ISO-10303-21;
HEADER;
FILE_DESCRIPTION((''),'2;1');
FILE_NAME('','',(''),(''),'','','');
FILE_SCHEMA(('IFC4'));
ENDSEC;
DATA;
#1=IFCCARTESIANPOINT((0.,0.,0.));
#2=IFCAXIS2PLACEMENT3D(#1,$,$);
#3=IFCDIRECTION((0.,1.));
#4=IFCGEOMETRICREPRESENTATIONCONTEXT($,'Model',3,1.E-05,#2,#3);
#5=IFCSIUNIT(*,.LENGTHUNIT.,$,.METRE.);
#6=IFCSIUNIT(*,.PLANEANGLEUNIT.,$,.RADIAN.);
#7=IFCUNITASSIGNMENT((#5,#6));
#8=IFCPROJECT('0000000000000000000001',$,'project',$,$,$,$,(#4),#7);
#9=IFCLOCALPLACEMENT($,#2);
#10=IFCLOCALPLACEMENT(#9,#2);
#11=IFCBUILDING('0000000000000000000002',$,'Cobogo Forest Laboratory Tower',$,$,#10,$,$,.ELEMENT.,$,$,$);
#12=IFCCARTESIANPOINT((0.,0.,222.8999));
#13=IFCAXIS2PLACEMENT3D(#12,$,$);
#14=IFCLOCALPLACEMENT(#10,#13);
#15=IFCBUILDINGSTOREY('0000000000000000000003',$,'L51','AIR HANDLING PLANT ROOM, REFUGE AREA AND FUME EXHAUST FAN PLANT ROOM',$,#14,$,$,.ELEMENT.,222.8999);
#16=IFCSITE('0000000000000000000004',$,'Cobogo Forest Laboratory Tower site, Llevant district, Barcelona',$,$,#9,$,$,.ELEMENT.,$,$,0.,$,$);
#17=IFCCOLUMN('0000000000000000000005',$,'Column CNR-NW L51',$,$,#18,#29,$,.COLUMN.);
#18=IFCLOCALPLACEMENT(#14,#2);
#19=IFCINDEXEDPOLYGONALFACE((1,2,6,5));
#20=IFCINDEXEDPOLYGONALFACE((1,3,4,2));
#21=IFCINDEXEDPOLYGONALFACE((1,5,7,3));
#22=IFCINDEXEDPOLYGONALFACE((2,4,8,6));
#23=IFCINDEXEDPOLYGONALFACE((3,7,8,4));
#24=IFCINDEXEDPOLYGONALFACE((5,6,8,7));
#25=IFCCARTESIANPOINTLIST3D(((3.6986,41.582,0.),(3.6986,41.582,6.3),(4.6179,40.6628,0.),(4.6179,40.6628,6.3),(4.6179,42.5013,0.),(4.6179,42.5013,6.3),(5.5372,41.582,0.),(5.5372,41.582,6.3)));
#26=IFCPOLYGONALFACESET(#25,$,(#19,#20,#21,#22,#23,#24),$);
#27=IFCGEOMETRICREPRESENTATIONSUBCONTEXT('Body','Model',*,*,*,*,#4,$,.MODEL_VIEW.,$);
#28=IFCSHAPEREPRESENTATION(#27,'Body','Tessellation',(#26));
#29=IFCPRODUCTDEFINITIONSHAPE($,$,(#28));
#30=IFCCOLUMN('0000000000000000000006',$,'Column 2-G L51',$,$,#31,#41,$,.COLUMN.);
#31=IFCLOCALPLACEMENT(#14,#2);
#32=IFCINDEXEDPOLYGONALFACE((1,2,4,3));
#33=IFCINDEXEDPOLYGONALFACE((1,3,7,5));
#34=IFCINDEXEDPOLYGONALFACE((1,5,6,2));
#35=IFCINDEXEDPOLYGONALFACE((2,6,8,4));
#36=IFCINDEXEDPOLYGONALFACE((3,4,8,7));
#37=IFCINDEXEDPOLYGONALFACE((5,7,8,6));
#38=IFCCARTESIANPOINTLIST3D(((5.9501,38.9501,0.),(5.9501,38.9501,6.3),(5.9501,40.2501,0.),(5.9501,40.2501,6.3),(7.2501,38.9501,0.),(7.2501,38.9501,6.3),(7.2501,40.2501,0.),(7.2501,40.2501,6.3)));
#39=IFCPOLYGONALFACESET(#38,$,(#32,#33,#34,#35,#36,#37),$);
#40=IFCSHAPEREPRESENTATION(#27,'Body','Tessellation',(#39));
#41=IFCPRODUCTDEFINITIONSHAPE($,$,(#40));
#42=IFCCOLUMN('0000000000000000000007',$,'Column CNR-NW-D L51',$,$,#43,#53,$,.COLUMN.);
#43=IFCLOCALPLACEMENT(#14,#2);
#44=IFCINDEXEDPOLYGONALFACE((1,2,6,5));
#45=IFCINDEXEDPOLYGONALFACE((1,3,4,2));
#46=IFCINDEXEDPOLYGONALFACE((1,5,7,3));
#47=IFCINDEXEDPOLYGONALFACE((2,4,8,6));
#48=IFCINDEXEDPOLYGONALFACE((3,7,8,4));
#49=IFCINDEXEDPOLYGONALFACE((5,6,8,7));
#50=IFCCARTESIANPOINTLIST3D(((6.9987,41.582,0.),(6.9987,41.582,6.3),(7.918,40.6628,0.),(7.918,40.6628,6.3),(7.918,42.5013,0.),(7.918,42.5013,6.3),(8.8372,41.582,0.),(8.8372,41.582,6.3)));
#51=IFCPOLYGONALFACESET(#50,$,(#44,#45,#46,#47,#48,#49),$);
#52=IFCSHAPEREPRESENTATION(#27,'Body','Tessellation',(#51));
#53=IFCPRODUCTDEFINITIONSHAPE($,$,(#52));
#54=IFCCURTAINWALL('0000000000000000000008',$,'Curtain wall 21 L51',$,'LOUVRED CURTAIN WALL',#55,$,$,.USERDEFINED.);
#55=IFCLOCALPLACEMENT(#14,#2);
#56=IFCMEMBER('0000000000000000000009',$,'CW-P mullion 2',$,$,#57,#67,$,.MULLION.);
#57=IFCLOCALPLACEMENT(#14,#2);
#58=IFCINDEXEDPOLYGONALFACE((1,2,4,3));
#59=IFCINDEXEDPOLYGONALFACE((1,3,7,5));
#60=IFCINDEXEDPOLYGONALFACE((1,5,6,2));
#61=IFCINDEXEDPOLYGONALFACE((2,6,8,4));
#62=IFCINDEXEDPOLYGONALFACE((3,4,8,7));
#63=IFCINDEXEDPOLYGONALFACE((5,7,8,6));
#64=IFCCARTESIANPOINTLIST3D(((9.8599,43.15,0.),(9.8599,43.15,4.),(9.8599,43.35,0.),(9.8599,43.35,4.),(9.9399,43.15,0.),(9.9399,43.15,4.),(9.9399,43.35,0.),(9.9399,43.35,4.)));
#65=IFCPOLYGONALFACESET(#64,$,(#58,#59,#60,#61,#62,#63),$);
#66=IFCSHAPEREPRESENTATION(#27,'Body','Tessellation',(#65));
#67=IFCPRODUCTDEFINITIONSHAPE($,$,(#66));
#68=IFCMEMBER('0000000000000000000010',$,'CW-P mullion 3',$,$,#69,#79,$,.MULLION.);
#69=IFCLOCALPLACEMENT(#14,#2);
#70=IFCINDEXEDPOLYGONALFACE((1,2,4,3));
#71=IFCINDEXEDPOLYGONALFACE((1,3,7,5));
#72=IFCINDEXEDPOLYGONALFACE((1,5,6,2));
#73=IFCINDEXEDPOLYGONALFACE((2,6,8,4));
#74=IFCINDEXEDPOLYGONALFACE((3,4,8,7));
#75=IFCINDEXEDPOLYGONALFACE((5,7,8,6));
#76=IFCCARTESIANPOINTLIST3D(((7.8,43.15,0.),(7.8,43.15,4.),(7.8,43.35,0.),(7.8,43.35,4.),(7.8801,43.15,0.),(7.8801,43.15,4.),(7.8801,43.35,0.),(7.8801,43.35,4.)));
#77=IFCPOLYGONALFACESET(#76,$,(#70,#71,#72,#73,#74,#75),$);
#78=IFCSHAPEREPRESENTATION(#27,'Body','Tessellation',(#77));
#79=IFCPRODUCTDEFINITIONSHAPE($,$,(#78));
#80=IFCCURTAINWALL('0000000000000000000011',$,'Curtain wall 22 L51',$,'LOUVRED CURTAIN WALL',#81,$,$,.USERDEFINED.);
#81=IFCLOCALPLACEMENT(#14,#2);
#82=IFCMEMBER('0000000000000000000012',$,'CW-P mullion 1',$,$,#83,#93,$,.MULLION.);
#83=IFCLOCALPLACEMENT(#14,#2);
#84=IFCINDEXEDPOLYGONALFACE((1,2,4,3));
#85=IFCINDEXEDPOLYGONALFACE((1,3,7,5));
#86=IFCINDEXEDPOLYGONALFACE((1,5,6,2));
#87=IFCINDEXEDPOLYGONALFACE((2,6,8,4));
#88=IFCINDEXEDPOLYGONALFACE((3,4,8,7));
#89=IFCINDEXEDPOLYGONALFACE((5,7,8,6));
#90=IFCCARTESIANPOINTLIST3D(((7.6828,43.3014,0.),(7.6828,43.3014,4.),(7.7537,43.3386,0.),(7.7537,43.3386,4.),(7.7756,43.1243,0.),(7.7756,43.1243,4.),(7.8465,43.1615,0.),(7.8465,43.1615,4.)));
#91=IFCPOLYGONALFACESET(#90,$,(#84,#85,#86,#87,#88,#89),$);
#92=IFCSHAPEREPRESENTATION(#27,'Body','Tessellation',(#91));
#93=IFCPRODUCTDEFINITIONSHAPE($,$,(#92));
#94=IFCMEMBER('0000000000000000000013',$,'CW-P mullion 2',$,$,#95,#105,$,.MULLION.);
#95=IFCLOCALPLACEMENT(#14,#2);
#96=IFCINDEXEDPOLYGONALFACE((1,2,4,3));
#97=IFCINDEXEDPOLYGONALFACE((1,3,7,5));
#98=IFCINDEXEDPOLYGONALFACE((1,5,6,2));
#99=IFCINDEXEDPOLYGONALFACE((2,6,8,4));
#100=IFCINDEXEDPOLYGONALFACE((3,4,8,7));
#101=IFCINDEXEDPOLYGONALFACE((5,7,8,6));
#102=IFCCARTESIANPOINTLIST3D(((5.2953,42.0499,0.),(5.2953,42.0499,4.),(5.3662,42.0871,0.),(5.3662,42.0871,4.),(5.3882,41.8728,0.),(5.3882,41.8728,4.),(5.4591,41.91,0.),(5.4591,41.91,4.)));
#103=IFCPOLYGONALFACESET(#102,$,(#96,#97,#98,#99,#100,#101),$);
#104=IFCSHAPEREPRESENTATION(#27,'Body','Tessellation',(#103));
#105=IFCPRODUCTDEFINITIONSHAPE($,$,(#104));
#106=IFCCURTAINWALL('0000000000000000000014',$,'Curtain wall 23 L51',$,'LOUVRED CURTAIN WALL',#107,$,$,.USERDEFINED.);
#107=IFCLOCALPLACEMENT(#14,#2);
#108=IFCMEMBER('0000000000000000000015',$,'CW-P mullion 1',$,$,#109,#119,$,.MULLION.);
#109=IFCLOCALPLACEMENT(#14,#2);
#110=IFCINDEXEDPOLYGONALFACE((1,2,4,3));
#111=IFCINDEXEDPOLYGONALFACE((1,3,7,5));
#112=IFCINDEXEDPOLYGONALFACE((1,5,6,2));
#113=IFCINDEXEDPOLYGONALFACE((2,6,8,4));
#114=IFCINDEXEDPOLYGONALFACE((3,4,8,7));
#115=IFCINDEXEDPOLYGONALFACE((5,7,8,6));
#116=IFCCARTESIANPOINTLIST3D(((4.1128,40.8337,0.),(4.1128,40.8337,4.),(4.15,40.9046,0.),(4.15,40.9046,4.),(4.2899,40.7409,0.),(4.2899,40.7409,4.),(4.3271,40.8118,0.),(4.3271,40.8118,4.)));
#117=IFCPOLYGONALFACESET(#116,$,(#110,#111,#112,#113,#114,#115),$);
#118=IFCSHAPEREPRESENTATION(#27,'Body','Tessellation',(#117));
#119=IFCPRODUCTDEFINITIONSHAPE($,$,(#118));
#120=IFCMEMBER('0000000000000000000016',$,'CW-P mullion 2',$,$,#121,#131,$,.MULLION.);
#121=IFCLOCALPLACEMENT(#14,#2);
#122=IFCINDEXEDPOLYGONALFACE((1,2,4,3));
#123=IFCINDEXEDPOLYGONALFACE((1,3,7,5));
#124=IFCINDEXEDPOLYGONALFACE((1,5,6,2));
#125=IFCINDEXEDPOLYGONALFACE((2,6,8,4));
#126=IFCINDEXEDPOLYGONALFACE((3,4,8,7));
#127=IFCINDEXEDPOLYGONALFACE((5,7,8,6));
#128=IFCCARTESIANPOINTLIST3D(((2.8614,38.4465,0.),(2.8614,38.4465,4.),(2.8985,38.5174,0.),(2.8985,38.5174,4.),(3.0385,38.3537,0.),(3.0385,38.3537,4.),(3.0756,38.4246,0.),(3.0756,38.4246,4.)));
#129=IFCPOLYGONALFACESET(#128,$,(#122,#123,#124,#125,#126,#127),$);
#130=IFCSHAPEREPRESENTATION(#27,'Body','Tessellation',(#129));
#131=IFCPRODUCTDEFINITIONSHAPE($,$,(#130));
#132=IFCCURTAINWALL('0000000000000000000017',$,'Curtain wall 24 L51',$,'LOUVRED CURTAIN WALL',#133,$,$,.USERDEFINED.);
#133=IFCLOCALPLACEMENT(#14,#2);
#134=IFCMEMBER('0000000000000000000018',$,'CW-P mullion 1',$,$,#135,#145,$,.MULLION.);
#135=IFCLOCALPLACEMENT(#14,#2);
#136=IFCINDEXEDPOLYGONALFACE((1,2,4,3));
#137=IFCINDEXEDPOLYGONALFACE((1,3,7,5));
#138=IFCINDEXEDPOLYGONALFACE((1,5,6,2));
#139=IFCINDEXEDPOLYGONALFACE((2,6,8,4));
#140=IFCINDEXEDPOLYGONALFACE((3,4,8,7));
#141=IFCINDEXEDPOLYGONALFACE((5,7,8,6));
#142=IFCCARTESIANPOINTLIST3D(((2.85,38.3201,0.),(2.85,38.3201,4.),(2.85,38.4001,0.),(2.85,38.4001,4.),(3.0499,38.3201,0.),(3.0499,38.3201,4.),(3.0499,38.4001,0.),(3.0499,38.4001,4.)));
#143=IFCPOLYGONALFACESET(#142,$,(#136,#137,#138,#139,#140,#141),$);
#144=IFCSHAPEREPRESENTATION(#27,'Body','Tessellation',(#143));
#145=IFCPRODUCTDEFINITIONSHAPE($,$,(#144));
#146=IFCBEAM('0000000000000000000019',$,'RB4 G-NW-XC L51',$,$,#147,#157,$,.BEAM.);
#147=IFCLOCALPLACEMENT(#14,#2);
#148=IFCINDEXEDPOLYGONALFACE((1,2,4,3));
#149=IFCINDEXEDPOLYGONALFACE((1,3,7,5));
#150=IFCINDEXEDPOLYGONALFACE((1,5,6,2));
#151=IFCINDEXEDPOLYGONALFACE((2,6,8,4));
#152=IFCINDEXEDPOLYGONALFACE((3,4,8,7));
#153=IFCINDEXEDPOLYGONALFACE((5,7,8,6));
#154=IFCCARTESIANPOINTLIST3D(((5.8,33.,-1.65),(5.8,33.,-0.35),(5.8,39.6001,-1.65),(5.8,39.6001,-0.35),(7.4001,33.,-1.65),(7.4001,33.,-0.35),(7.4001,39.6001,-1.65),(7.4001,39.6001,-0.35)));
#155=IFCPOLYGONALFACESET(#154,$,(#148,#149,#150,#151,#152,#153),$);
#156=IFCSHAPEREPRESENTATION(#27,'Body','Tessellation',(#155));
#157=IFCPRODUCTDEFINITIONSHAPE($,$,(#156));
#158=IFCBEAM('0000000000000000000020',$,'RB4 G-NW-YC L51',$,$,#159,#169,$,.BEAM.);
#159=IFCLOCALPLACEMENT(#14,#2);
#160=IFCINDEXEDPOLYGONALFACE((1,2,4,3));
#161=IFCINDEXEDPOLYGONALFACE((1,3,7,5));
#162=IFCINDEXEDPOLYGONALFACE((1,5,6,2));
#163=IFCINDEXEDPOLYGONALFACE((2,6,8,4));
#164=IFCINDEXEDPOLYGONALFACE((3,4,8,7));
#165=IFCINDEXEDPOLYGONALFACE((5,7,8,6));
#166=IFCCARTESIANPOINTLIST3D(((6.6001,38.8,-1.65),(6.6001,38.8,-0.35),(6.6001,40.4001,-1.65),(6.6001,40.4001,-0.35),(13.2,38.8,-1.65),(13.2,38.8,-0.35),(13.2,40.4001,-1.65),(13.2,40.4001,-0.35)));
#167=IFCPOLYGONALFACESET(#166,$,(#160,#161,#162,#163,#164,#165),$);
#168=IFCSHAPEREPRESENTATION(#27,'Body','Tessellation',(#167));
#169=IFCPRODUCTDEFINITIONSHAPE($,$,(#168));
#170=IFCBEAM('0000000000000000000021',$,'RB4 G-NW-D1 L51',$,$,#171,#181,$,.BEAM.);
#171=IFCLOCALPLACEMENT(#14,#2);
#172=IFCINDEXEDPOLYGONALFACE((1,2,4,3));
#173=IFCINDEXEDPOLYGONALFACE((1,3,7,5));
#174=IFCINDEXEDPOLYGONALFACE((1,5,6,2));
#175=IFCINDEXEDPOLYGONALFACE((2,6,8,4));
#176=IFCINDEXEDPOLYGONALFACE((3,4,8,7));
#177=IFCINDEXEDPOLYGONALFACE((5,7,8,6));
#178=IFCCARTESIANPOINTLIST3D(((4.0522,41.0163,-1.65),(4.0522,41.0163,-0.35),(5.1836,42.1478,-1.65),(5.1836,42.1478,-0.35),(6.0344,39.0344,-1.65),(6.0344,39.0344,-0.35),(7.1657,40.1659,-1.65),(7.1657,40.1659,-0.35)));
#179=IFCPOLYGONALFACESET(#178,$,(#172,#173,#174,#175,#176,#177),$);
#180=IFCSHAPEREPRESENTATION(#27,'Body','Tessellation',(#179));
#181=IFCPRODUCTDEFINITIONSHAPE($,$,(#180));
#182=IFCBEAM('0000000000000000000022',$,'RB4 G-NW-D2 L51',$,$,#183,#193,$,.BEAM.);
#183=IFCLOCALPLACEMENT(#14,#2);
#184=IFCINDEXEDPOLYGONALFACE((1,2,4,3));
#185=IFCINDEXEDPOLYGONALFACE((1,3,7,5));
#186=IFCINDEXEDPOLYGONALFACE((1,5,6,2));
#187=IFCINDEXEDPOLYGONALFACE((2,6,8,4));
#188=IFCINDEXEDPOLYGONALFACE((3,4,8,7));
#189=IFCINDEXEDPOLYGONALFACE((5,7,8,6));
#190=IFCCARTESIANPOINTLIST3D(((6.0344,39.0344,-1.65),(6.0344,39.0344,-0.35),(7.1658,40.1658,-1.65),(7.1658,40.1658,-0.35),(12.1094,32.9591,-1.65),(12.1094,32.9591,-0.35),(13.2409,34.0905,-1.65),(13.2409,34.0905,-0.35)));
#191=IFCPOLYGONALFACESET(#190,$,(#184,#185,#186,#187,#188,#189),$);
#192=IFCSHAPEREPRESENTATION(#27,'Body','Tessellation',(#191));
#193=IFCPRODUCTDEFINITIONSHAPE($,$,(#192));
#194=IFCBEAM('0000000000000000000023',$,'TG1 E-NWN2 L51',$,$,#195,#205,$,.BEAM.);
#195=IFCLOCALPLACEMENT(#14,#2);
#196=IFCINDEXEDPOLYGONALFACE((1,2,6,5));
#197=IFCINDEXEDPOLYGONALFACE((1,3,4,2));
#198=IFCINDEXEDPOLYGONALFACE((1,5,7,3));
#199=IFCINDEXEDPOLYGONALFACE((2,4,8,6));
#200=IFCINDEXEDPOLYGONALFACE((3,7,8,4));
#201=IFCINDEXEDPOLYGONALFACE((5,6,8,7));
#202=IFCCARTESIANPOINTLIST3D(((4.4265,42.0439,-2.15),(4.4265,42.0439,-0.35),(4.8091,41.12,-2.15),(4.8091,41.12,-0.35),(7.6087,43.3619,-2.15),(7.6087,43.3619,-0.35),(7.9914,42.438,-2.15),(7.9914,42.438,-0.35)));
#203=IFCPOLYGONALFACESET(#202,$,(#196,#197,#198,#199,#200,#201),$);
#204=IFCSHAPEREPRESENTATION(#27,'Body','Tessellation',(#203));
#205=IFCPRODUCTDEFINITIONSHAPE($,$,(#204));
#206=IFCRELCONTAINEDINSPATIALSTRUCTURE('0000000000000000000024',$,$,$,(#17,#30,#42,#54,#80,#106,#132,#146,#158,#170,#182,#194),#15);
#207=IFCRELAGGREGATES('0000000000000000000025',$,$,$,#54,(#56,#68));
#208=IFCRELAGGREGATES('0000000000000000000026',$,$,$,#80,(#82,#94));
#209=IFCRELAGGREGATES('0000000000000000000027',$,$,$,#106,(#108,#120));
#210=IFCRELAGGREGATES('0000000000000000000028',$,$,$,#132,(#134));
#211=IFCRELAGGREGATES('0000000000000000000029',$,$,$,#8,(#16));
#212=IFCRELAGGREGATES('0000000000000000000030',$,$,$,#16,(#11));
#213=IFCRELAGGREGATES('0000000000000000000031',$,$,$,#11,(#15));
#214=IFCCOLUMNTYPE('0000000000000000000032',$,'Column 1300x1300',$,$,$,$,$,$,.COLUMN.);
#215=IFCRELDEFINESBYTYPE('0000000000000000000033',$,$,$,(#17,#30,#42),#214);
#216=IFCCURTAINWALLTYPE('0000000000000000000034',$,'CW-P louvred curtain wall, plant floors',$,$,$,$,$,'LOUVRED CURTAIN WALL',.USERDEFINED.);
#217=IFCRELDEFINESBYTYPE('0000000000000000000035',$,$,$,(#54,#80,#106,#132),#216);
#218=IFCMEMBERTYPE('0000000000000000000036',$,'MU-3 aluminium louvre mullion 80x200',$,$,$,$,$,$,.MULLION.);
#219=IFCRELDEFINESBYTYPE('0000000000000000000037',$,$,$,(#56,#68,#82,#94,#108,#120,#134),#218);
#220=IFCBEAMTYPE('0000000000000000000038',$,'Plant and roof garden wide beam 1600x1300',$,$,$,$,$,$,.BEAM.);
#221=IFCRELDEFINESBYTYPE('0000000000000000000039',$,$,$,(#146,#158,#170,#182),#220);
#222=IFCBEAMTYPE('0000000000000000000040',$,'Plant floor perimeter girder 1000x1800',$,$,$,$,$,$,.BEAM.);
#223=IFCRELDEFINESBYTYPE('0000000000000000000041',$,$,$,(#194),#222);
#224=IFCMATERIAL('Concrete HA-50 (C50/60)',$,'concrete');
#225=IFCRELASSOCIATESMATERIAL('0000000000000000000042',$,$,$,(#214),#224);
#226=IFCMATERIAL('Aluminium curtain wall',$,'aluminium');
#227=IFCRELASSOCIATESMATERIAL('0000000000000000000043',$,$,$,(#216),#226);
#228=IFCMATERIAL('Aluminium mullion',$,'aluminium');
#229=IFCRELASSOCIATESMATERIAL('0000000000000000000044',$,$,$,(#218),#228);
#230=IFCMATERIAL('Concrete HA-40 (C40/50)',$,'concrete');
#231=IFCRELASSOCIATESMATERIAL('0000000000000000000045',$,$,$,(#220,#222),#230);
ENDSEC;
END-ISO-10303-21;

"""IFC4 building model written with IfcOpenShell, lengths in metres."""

from ifc_helpers import new_model, si_unit, direction, frame, origin, origin_2d, place, context, subcontext, project, spatial, rectangle, extrude, material, material_profile, profile_set, type_object, element, aggregate, save


model = new_model("IFC4")

# Units and contexts
model_context = context("Model", 3, precision=1e-05, world=origin(), true_north=direction((0.0, 1.0)))
body_context = subcontext(model_context, "Body", "Model", "MODEL_VIEW")
ifc_project = project(units=[si_unit("LENGTHUNIT", "METRE"), si_unit("PLANEANGLEUNIT", "RADIAN")], contexts=[model_context])

# Site, building, storey
site_placement = place(None, origin())
site = spatial("IfcSite", under=ifc_project, at=site_placement, Name="Cobogo Forest Laboratory Tower site, Llevant district, Barcelona", CompositionType="ELEMENT", RefElevation=0.0)
building_placement = place(site_placement, origin())
building = spatial("IfcBuilding", under=site, at=building_placement, Name="Cobogo Forest Laboratory Tower", CompositionType="ELEMENT")
storey_placement = place(building_placement, frame((0.0, 0.0, 222.8999)))
storey = spatial("IfcBuildingStorey", under=building, at=storey_placement, Name="L51", Description="AIR HANDLING PLANT ROOM, REFUGE AREA AND FUME EXHAUST FAN PLANT ROOM", CompositionType="ELEMENT", Elevation=222.8999)

# Columns
ifc_material_1 = material(Name="Concrete HA-50 (C50/60)", Category="concrete")
ifc_material_profile_1 = material_profile(ifc_material_1, rectangle(XDim=1.3, YDim=1.3, at=origin_2d()), Name="RC 1300x1300")
ifc_profile_set_1 = profile_set([ifc_material_profile_1], Name="Concrete HA-50 (C50/60)")
column_type = type_object("IfcColumnType", Name="Column 1300x1300", PredefinedType="COLUMN", material=ifc_profile_set_1)
for number, where, z_axis, x_axis, name in (
    (1, (4.6179, 41.582, 0.0), (0.0, 0.0, 1.0), (0.707107, 0.707107, 0.0), "Column CNR-NW L51"),
    (2, (6.6001, 39.6001, 0.0), (0.0, 0.0, 1.0), (1.0, 0.0, 0.0), "Column 2-G L51"),
    (3, (7.918, 41.582, 0.0), (0.0, 0.0, 1.0), (0.707107, 0.707107, 0.0), "Column CNR-NW-D L51"),
):
    element("IfcColumn", number, at=place(storey_placement, frame(where, z_axis=z_axis, x_axis=x_axis)), inside=storey, type_object=column_type, Name=name, PredefinedType="COLUMN", context=body_context, shape_type="SweptSolid", body=[
        extrude(rectangle(XDim=1.3, YDim=1.3, at=origin_2d()), origin(), (0.0, 0.0, 1.0), 6.3),
    ])

# Curtain walls, members
ifc_material_2 = material(Name="Aluminium curtain wall", Category="aluminium")
curtain_wall_type = type_object("IfcCurtainWallType", Name="CW-P louvred curtain wall, plant floors", ElementType="LOUVRED CURTAIN WALL", PredefinedType="USERDEFINED", material=ifc_material_2)
curtain_wall_1_placement = place(storey_placement, origin())
curtain_wall_1 = element("IfcCurtainWall", 4, at=curtain_wall_1_placement, inside=storey, type_object=curtain_wall_type, Name="Curtain wall 21 L51", ObjectType="LOUVRED CURTAIN WALL", PredefinedType="USERDEFINED")
ifc_material_3 = material(Name="Aluminium mullion", Category="aluminium")
ifc_material_profile_2 = material_profile(ifc_material_3, rectangle(XDim=0.0801, YDim=0.2, at=origin_2d()), Name="AL 80x200")
ifc_profile_set_2 = profile_set([ifc_material_profile_2], Name="Aluminium mullion")
member_type_1 = type_object("IfcMemberType", Name="MU-3 aluminium louvre mullion 80x200", PredefinedType="MULLION", material=ifc_profile_set_2)
member_1_placement = place(storey_placement, frame((9.8999, 43.25, 0.0), z_axis=(0.0, 0.0, 1.0), x_axis=(-1.0, 0.0, 0.0)))
member_1 = element("IfcMember", 5, at=member_1_placement, type_object=member_type_1, Name="CW-P mullion 2", PredefinedType="MULLION", context=body_context, shape_type="SweptSolid", body=[
    extrude(rectangle(XDim=0.0801, YDim=0.2, at=origin_2d()), origin(), (0.0, 0.0, 1.0), 4.0),
])
member_2_placement = place(storey_placement, frame((7.8401, 43.25, 0.0), z_axis=(0.0, 0.0, 1.0), x_axis=(-1.0, 0.0, 0.0)))
member_2 = element("IfcMember", 6, at=member_2_placement, type_object=member_type_1, Name="CW-P mullion 3", PredefinedType="MULLION", context=body_context, shape_type="SweptSolid", body=[
    extrude(rectangle(XDim=0.0801, YDim=0.2, at=origin_2d()), origin(), (0.0, 0.0, 1.0), 4.0),
])
curtain_wall_2_placement = place(storey_placement, origin())
curtain_wall_2 = element("IfcCurtainWall", 7, at=curtain_wall_2_placement, inside=storey, type_object=curtain_wall_type, Name="Curtain wall 22 L51", ObjectType="LOUVRED CURTAIN WALL", PredefinedType="USERDEFINED")
member_3_placement = place(storey_placement, frame((7.7646, 43.2314, 0.0), z_axis=(0.0, 0.0, 1.0), x_axis=(-0.885687, -0.464284, 0.0)))
member_3 = element("IfcMember", 8, at=member_3_placement, type_object=member_type_1, Name="CW-P mullion 1", PredefinedType="MULLION", context=body_context, shape_type="SweptSolid", body=[
    extrude(rectangle(XDim=0.0801, YDim=0.2, at=origin_2d()), origin(), (0.0, 0.0, 1.0), 4.0),
])
member_4_placement = place(storey_placement, frame((5.3772, 41.98, 0.0), z_axis=(0.0, 0.0, 1.0), x_axis=(-0.885687, -0.464284, 0.0)))
member_4 = element("IfcMember", 9, at=member_4_placement, type_object=member_type_1, Name="CW-P mullion 2", PredefinedType="MULLION", context=body_context, shape_type="SweptSolid", body=[
    extrude(rectangle(XDim=0.0801, YDim=0.2, at=origin_2d()), origin(), (0.0, 0.0, 1.0), 4.0),
])
curtain_wall_3_placement = place(storey_placement, origin())
curtain_wall_3 = element("IfcCurtainWall", 10, at=curtain_wall_3_placement, inside=storey, type_object=curtain_wall_type, Name="Curtain wall 23 L51", ObjectType="LOUVRED CURTAIN WALL", PredefinedType="USERDEFINED")
member_5_placement = place(storey_placement, frame((4.22, 40.8228, 0.0), z_axis=(0.0, 0.0, 1.0), x_axis=(-0.464284, -0.885687, 0.0)))
member_5 = element("IfcMember", 11, at=member_5_placement, type_object=member_type_1, Name="CW-P mullion 1", PredefinedType="MULLION", context=body_context, shape_type="SweptSolid", body=[
    extrude(rectangle(XDim=0.0801, YDim=0.2, at=origin_2d()), origin(), (0.0, 0.0, 1.0), 4.0),
])
member_6_placement = place(storey_placement, frame((2.9685, 38.4355, 0.0), z_axis=(0.0, 0.0, 1.0), x_axis=(-0.464284, -0.885687, 0.0)))
member_6 = element("IfcMember", 12, at=member_6_placement, type_object=member_type_1, Name="CW-P mullion 2", PredefinedType="MULLION", context=body_context, shape_type="SweptSolid", body=[
    extrude(rectangle(XDim=0.0801, YDim=0.2, at=origin_2d()), origin(), (0.0, 0.0, 1.0), 4.0),
])

# Curtain wall, member
curtain_wall_4_placement = place(storey_placement, origin())
curtain_wall_4 = element("IfcCurtainWall", 13, at=curtain_wall_4_placement, inside=storey, type_object=curtain_wall_type, Name="Curtain wall 24 L51", ObjectType="LOUVRED CURTAIN WALL", PredefinedType="USERDEFINED")
member_7_placement = place(storey_placement, frame((2.95, 38.3601, 0.0), z_axis=(0.0, 0.0, 1.0), x_axis=(0.0, -1.0, 0.0)))
member_7 = element("IfcMember", 14, at=member_7_placement, type_object=member_type_1, Name="CW-P mullion 1", PredefinedType="MULLION", context=body_context, shape_type="SweptSolid", body=[
    extrude(rectangle(XDim=0.0801, YDim=0.2, at=origin_2d()), origin(), (0.0, 0.0, 1.0), 4.0),
])

# Beams
ifc_material_4 = material(Name="Concrete HA-40 (C40/50)", Category="concrete")
ifc_material_profile_3 = material_profile(ifc_material_4, rectangle(XDim=1.6001, YDim=1.3, at=origin_2d()), Name="RC 1600x1300")
ifc_profile_set_3 = profile_set([ifc_material_profile_3], Name="Concrete HA-40 (C40/50)")
beam_type_1 = type_object("IfcBeamType", Name="Plant and roof garden wide beam 1600x1300", PredefinedType="BEAM", material=ifc_profile_set_3)
beam_1_placement = place(storey_placement, frame((6.6001, 39.6001, -1.0), z_axis=(0.0, -1.0, 0.0), x_axis=(1.0, 0.0, 0.0)))
element("IfcBeam", 15, at=beam_1_placement, inside=storey, type_object=beam_type_1, Name="RB4 G-NW-XC L51", PredefinedType="BEAM", context=body_context, shape_type="SweptSolid", body=[
    extrude(rectangle(XDim=1.6001, YDim=1.3, at=origin_2d()), origin(), (0.0, 0.0, 1.0), 6.6001),
])
beam_2_placement = place(storey_placement, frame((6.6001, 39.6001, -1.0), z_axis=(1.0, 0.0, 0.0), x_axis=(0.0, 1.0, 0.0)))
element("IfcBeam", 16, at=beam_2_placement, inside=storey, type_object=beam_type_1, Name="RB4 G-NW-YC L51", PredefinedType="BEAM", context=body_context, shape_type="SweptSolid", body=[
    extrude(rectangle(XDim=1.6001, YDim=1.3, at=origin_2d()), origin(), (0.0, 0.0, 1.0), 6.5999),
])
beam_3_placement = place(storey_placement, frame((4.6179, 41.582, -1.0), z_axis=(0.70715, -0.707063, 0.0), x_axis=(0.707063, 0.70715, 0.0)))
element("IfcBeam", 17, at=beam_3_placement, inside=storey, type_object=beam_type_1, Name="RB4 G-NW-D1 L51", PredefinedType="BEAM", context=body_context, shape_type="SweptSolid", body=[
    extrude(rectangle(XDim=1.6001, YDim=1.3, at=origin_2d()), origin(), (0.0, 0.0, 1.0), 2.803),
])
beam_4_placement = place(storey_placement, frame((6.6001, 39.6001, -1.0), z_axis=(0.707093, -0.707121, 0.0), x_axis=(0.707121, 0.707093, 0.0)))
element("IfcBeam", 18, at=beam_4_placement, inside=storey, type_object=beam_type_1, Name="RB4 G-NW-D2 L51", PredefinedType="BEAM", context=body_context, shape_type="SweptSolid", body=[
    extrude(rectangle(XDim=1.6001, YDim=1.3, at=origin_2d()), origin(), (0.0, 0.0, 1.0), 8.5916),
])
ifc_material_profile_4 = material_profile(ifc_material_4, rectangle(XDim=1.0, YDim=1.8, at=origin_2d()), Name="RC 1000x1800")
ifc_profile_set_4 = profile_set([ifc_material_profile_4], Name="Concrete HA-40 (C40/50)")
beam_type_2 = type_object("IfcBeamType", Name="Plant floor perimeter girder 1000x1800", PredefinedType="BEAM", material=ifc_profile_set_4)
for number, where, z_axis, x_axis, name in (
    (19, (7.8, 42.8999, -1.25), (-0.923901, -0.382631, 0.0), (0.382631, -0.923901, 0.0), "TG1 E-NWN2 L51"),
):
    element("IfcBeam", number, at=place(storey_placement, frame(where, z_axis=z_axis, x_axis=x_axis)), inside=storey, type_object=beam_type_2, Name=name, PredefinedType="BEAM", context=body_context, shape_type="SweptSolid", body=[
        extrude(rectangle(XDim=1.0, YDim=1.8, at=origin_2d()), origin(), (0.0, 0.0, 1.0), 3.4443),
    ])

aggregate(curtain_wall_1, [member_1, member_2])
aggregate(curtain_wall_2, [member_3, member_4])
aggregate(curtain_wall_3, [member_5, member_6])
aggregate(curtain_wall_4, [member_7])

save(model, "model.ifc")
